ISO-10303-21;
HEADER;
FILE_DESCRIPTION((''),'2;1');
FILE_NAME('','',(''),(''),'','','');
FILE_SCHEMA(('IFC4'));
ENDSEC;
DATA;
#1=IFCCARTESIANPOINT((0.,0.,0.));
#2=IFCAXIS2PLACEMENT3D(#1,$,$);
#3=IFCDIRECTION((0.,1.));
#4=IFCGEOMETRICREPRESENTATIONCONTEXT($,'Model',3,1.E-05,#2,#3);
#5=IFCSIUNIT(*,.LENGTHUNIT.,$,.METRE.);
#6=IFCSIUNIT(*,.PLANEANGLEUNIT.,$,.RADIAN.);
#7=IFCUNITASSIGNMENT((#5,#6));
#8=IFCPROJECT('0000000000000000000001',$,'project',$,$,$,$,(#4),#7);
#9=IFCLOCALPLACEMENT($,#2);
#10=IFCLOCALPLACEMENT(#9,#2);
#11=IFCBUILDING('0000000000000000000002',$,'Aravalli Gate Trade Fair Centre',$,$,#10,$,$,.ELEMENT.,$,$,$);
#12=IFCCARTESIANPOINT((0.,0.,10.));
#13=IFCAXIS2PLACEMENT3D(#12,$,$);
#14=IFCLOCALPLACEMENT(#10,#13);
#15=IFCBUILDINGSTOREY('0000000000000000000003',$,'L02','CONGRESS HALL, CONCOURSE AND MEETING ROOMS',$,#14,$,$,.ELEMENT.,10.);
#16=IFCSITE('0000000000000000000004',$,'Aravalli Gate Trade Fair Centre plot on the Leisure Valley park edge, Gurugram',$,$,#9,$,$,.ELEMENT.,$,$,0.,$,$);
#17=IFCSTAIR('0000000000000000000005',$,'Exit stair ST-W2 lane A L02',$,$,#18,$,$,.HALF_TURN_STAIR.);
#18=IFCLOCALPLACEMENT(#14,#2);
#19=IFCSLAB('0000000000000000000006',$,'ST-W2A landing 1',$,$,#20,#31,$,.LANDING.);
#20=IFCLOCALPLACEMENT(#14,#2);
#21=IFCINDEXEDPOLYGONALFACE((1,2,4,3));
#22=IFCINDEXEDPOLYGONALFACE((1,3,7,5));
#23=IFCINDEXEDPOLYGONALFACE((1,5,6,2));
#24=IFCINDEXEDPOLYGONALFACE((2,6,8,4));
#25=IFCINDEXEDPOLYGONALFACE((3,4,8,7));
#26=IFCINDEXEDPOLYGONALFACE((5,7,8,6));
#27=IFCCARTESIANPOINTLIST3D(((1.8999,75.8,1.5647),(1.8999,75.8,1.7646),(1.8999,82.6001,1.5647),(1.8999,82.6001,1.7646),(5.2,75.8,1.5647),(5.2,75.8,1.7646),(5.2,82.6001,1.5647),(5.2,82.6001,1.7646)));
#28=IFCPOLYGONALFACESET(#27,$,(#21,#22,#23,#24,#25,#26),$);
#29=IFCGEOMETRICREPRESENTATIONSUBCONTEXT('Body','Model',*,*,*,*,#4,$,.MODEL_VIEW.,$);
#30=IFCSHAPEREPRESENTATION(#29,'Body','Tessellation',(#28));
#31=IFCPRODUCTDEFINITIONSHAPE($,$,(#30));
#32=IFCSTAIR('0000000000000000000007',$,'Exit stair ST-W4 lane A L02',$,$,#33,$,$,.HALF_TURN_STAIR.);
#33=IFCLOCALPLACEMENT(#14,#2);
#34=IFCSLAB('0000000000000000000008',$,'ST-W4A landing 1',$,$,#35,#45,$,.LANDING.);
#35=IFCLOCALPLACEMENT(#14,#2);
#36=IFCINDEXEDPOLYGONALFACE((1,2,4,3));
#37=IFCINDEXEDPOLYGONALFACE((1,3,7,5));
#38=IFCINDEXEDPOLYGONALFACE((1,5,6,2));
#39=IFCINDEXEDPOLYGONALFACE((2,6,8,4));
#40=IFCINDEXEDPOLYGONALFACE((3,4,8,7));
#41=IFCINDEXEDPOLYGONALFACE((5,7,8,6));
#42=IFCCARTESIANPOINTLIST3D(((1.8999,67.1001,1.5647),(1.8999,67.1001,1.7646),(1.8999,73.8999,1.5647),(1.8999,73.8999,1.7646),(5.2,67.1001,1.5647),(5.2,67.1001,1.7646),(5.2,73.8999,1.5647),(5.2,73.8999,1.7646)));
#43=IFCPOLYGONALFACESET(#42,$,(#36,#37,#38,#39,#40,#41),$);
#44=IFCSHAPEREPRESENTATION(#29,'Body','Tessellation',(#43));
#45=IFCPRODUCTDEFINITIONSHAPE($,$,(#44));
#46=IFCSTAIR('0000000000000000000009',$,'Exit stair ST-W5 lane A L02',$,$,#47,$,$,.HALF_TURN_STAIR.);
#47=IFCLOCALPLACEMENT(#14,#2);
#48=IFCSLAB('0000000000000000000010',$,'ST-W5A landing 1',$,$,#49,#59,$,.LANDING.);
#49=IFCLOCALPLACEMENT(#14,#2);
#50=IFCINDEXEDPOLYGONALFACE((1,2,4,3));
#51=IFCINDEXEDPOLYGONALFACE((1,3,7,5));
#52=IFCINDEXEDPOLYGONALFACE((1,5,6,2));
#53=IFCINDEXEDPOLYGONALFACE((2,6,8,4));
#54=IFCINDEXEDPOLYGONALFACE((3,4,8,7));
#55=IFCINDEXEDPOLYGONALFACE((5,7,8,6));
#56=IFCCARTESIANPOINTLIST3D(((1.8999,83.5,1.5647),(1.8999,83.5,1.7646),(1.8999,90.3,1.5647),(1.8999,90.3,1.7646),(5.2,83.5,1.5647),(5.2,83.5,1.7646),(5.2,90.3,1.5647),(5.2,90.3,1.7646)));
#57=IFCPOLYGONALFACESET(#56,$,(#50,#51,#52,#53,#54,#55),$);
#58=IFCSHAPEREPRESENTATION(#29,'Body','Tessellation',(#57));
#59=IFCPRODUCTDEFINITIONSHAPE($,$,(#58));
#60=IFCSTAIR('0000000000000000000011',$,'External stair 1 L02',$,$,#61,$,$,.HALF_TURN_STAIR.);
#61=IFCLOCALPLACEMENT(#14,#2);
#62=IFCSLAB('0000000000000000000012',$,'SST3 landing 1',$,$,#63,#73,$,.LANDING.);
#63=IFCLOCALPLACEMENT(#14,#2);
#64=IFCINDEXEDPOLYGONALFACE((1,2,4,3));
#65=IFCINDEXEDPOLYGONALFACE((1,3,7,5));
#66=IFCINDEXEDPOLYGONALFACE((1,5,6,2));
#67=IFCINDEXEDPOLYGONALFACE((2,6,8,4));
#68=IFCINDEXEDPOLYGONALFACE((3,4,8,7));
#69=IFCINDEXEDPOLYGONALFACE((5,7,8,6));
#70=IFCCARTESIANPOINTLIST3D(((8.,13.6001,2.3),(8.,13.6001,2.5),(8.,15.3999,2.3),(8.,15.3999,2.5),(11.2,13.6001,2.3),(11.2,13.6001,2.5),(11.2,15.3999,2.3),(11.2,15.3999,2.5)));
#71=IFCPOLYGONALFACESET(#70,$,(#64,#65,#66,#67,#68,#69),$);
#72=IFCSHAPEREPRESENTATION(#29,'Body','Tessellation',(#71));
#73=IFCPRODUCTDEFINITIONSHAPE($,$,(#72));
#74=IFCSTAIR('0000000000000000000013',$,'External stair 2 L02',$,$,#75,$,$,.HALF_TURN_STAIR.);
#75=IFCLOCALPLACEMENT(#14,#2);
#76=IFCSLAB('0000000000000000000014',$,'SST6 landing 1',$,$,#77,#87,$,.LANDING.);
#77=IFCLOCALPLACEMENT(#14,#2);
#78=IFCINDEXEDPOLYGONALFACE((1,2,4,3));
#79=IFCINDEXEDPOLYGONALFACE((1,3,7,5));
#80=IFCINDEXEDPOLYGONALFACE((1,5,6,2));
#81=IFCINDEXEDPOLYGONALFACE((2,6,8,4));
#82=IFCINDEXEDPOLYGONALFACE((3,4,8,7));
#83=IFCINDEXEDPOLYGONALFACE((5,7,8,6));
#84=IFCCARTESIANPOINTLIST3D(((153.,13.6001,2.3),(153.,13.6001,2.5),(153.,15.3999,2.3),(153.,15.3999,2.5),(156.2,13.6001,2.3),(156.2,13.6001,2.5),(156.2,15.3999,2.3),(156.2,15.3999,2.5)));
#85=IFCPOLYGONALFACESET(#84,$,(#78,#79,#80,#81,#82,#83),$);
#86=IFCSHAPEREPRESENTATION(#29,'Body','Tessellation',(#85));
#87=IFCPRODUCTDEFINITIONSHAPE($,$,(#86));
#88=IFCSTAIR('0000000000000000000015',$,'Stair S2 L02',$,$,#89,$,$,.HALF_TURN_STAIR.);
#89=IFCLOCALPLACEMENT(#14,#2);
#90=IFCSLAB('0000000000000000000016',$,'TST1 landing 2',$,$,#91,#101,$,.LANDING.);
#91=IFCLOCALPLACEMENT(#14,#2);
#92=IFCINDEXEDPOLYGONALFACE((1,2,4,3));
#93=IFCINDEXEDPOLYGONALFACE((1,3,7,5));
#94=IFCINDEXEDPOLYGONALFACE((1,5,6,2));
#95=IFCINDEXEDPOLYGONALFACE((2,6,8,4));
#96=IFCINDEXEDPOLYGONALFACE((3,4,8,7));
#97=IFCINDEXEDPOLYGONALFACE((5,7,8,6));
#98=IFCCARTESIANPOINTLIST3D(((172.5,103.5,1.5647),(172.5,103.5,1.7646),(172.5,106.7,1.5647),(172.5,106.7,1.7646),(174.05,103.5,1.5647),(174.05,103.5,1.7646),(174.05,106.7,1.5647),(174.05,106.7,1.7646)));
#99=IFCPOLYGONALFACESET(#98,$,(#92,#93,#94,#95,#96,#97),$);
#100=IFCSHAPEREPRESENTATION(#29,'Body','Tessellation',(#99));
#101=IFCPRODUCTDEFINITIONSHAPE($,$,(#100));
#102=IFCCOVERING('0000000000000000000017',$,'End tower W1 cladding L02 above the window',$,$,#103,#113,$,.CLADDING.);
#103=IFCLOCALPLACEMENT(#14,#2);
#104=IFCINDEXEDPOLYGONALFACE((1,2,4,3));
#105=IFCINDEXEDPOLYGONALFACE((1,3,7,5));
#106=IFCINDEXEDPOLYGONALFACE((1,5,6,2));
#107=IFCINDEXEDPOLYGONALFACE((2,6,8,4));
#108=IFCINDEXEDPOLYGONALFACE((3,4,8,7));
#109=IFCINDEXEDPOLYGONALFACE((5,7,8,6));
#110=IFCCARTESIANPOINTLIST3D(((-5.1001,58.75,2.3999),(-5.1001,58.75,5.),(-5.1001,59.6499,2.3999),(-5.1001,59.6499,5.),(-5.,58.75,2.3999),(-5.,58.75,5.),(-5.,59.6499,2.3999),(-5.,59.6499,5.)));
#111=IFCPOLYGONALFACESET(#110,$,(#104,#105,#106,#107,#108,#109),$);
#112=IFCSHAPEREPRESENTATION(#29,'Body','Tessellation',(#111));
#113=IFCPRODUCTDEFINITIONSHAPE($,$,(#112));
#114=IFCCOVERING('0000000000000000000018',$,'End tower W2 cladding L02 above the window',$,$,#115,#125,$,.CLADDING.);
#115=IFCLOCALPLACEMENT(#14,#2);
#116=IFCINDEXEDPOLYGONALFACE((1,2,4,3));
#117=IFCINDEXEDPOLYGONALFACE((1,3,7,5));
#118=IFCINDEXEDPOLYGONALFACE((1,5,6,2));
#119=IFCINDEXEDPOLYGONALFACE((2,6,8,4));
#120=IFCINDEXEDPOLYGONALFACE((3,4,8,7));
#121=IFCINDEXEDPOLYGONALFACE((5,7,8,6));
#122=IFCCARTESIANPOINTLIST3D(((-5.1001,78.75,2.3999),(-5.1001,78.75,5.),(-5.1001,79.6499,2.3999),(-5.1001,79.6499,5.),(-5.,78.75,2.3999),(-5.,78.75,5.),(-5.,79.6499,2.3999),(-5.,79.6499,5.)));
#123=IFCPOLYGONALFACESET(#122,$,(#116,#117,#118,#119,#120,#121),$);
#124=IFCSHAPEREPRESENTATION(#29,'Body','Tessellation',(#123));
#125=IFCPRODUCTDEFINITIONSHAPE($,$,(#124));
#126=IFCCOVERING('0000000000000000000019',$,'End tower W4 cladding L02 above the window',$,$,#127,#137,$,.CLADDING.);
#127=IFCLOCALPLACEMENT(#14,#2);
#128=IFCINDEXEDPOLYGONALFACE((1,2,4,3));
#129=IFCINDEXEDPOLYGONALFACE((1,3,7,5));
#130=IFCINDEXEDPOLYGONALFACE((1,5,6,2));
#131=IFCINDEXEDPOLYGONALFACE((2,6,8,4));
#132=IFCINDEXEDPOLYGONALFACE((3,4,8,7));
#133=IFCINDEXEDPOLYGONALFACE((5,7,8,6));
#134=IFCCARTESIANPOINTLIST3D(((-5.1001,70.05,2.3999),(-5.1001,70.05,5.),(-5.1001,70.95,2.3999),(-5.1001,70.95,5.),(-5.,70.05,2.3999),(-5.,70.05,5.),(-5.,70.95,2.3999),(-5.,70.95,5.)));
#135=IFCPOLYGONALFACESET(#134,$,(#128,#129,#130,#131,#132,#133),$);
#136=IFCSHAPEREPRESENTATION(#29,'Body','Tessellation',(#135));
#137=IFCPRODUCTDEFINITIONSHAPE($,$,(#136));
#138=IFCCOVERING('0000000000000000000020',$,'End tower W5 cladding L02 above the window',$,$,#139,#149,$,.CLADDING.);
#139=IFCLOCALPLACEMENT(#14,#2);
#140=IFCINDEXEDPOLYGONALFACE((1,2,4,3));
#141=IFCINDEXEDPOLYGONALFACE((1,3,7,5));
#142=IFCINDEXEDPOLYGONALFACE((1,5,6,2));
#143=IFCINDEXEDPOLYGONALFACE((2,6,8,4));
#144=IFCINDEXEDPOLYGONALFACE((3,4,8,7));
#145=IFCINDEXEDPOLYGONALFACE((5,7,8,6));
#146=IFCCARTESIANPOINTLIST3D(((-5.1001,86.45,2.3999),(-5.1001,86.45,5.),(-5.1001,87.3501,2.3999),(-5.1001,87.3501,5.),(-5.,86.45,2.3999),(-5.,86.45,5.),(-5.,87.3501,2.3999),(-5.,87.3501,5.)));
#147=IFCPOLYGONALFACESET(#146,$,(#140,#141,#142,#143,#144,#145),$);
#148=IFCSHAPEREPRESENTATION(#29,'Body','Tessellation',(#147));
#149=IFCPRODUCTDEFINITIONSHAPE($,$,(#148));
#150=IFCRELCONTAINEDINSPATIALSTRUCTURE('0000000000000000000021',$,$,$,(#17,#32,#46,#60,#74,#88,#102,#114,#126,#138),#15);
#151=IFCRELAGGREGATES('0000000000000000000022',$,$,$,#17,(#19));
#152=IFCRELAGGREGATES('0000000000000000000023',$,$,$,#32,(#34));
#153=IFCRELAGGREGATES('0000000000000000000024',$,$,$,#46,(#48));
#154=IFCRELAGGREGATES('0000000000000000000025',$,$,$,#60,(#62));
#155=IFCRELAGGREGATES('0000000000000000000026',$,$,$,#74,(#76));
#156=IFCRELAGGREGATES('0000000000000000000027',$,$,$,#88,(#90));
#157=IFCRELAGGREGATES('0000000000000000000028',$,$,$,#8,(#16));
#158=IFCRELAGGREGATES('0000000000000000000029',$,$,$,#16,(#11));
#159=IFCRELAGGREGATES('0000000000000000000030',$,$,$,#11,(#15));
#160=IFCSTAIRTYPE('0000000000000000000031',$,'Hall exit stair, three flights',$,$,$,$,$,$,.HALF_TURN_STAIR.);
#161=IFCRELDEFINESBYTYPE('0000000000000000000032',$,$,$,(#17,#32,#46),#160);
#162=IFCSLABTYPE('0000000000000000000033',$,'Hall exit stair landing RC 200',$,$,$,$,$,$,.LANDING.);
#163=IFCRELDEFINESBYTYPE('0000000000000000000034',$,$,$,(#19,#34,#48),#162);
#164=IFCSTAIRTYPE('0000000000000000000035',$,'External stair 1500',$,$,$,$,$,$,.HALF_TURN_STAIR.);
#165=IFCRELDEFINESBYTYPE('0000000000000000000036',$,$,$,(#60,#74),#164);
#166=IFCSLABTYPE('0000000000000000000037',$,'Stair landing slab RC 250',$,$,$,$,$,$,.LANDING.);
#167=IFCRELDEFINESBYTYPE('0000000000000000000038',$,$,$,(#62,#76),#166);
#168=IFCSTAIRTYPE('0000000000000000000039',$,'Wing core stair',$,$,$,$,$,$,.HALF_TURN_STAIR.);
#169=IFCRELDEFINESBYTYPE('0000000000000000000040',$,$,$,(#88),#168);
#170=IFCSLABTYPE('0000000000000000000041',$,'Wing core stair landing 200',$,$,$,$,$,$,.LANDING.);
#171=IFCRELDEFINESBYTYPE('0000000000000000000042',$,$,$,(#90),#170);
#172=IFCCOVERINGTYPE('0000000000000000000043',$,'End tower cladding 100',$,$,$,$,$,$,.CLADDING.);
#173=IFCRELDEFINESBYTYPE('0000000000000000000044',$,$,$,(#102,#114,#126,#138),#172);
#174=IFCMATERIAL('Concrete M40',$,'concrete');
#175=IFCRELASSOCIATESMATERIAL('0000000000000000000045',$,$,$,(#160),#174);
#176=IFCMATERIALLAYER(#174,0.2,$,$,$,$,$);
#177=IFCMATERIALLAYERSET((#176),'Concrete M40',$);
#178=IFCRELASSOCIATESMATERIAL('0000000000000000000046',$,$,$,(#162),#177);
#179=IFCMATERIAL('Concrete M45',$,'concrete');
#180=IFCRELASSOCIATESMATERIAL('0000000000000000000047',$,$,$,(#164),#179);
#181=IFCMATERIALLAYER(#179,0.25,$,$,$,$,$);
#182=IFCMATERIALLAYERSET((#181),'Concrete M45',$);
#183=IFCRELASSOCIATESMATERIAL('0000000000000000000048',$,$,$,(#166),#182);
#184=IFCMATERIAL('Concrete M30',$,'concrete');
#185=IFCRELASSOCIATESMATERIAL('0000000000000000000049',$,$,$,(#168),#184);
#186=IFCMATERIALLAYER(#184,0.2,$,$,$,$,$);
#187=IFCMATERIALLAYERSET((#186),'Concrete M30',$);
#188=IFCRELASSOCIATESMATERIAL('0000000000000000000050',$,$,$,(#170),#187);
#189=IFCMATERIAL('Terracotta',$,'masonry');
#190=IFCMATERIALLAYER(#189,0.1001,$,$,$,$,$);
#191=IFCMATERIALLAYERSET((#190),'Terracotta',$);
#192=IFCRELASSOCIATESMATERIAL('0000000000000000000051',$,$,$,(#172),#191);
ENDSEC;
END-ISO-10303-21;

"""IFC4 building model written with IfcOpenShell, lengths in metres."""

from ifc_helpers import new_model, si_unit, direction, frame, origin, place, context, subcontext, project, spatial, polyline, outline, extrude, material, layer, layer_set, type_object, element, aggregate, save


model = new_model("IFC4")

# Units and contexts
model_context = context("Model", 3, precision=1e-05, world=origin(), true_north=direction((0.0, 1.0)))
body_context = subcontext(model_context, "Body", "Model", "MODEL_VIEW")
ifc_project = project(units=[si_unit("LENGTHUNIT", "METRE"), si_unit("PLANEANGLEUNIT", "RADIAN")], contexts=[model_context])

# Site, building, storey
site_placement = place(None, origin())
site = spatial("IfcSite", under=ifc_project, at=site_placement, Name="Aravalli Gate Trade Fair Centre plot on the Leisure Valley park edge, Gurugram", CompositionType="ELEMENT", RefElevation=0.0)
building_placement = place(site_placement, origin())
building = spatial("IfcBuilding", under=site, at=building_placement, Name="Aravalli Gate Trade Fair Centre", CompositionType="ELEMENT")
storey_placement = place(building_placement, frame((0.0, 0.0, 10.0)))
storey = spatial("IfcBuildingStorey", under=building, at=storey_placement, Name="L02", Description="CONGRESS HALL, CONCOURSE AND MEETING ROOMS", CompositionType="ELEMENT", Elevation=10.0)

# Stairs, slabs
ifc_material_1 = material(Name="Concrete M40", Category="concrete")
stair_type_1 = type_object("IfcStairType", Name="Hall exit stair, three flights", PredefinedType="HALF_TURN_STAIR", material=ifc_material_1)
ifc_layer_1 = layer(ifc_material_1, 0.2)
ifc_layer_set_1 = layer_set([ifc_layer_1], Name="Concrete M40")
slab_type_1 = type_object("IfcSlabType", Name="Hall exit stair landing RC 200", PredefinedType="LANDING", material=ifc_layer_set_1)
stair_1_placement = place(storey_placement, origin())
stair_1 = element("IfcStair", 1, at=stair_1_placement, inside=storey, type_object=stair_type_1, Name="Exit stair ST-W2 lane A L02", PredefinedType="HALF_TURN_STAIR")
slab_1_placement = place(storey_placement, frame((0.0, 0.0, 1.5647)))
slab_1 = element("IfcSlab", 2, at=slab_1_placement, type_object=slab_type_1, Name="ST-W2A landing 1", PredefinedType="LANDING", context=body_context, shape_type="SweptSolid", body=[
    extrude(outline(polyline([(5.2, 75.8), (5.2, 82.6001), (1.8999, 82.6001), (1.8999, 75.8), (5.2, 75.8)])), origin(), (0.0, 0.0, 1.0), 0.2),
])
aggregate(stair_1, [slab_1])
stair_2_placement = place(storey_placement, origin())
stair_2 = element("IfcStair", 3, at=stair_2_placement, inside=storey, type_object=stair_type_1, Name="Exit stair ST-W4 lane A L02", PredefinedType="HALF_TURN_STAIR")
slab_2_placement = place(storey_placement, frame((0.0, 0.0, 1.5647)))
slab_2 = element("IfcSlab", 4, at=slab_2_placement, type_object=slab_type_1, Name="ST-W4A landing 1", PredefinedType="LANDING", context=body_context, shape_type="SweptSolid", body=[
    extrude(outline(polyline([(5.2, 67.1001), (5.2, 73.8999), (1.8999, 73.8999), (1.8999, 67.1001), (5.2, 67.1001)])), origin(), (0.0, 0.0, 1.0), 0.2),
])
aggregate(stair_2, [slab_2])
stair_3_placement = place(storey_placement, origin())
stair_3 = element("IfcStair", 5, at=stair_3_placement, inside=storey, type_object=stair_type_1, Name="Exit stair ST-W5 lane A L02", PredefinedType="HALF_TURN_STAIR")
slab_3_placement = place(storey_placement, frame((0.0, 0.0, 1.5647)))
slab_3 = element("IfcSlab", 6, at=slab_3_placement, type_object=slab_type_1, Name="ST-W5A landing 1", PredefinedType="LANDING", context=body_context, shape_type="SweptSolid", body=[
    extrude(outline(polyline([(5.2, 83.5), (5.2, 90.3), (1.8999, 90.3), (1.8999, 83.5), (5.2, 83.5)])), origin(), (0.0, 0.0, 1.0), 0.2),
])
aggregate(stair_3, [slab_3])
ifc_material_2 = material(Name="Concrete M45", Category="concrete")
stair_type_2 = type_object("IfcStairType", Name="External stair 1500", PredefinedType="HALF_TURN_STAIR", material=ifc_material_2)
stair_4_placement = place(storey_placement, origin())
stair_4 = element("IfcStair", 7, at=stair_4_placement, inside=storey, type_object=stair_type_2, Name="External stair 1 L02", PredefinedType="HALF_TURN_STAIR")
ifc_layer_2 = layer(ifc_material_2, 0.25)
ifc_layer_set_2 = layer_set([ifc_layer_2], Name="Concrete M45")
slab_type_2 = type_object("IfcSlabType", Name="Stair landing slab RC 250", PredefinedType="LANDING", material=ifc_layer_set_2)
slab_4_placement = place(storey_placement, frame((0.0, 0.0, 2.3)))
slab_4 = element("IfcSlab", 8, at=slab_4_placement, type_object=slab_type_2, Name="SST3 landing 1", PredefinedType="LANDING", context=body_context, shape_type="SweptSolid", body=[
    extrude(outline(polyline([(8.0, 13.6001), (11.2, 13.6001), (11.2, 15.3999), (8.0, 15.3999), (8.0, 13.6001)])), origin(), (0.0, 0.0, 1.0), 0.2),
])
aggregate(stair_4, [slab_4])
stair_5_placement = place(storey_placement, origin())
stair_5 = element("IfcStair", 9, at=stair_5_placement, inside=storey, type_object=stair_type_2, Name="External stair 2 L02", PredefinedType="HALF_TURN_STAIR")
slab_5_placement = place(storey_placement, frame((0.0, 0.0, 2.3)))
slab_5 = element("IfcSlab", 10, at=slab_5_placement, type_object=slab_type_2, Name="SST6 landing 1", PredefinedType="LANDING", context=body_context, shape_type="SweptSolid", body=[
    extrude(outline(polyline([(153.0, 13.6001), (156.2, 13.6001), (156.2, 15.3999), (153.0, 15.3999), (153.0, 13.6001)])), origin(), (0.0, 0.0, 1.0), 0.2),
])
aggregate(stair_5, [slab_5])
ifc_material_3 = material(Name="Concrete M30", Category="concrete")
stair_type_3 = type_object("IfcStairType", Name="Wing core stair", PredefinedType="HALF_TURN_STAIR", material=ifc_material_3)
stair_6_placement = place(storey_placement, origin())
stair_6 = element("IfcStair", 11, at=stair_6_placement, inside=storey, type_object=stair_type_3, Name="Stair S2 L02", PredefinedType="HALF_TURN_STAIR")
ifc_layer_3 = layer(ifc_material_3, 0.2)
ifc_layer_set_3 = layer_set([ifc_layer_3], Name="Concrete M30")
slab_type_3 = type_object("IfcSlabType", Name="Wing core stair landing 200", PredefinedType="LANDING", material=ifc_layer_set_3)
slab_6_placement = place(storey_placement, frame((0.0, 0.0, 1.5647)))
slab_6 = element("IfcSlab", 12, at=slab_6_placement, type_object=slab_type_3, Name="TST1 landing 2", PredefinedType="LANDING", context=body_context, shape_type="SweptSolid", body=[
    extrude(outline(polyline([(172.5, 103.5), (174.05, 103.5), (174.05, 106.7), (172.5, 106.7), (172.5, 103.5)])), origin(), (0.0, 0.0, 1.0), 0.2),
])
aggregate(stair_6, [slab_6])

# Coverings
ifc_material_4 = material(Name="Terracotta", Category="masonry")
ifc_layer_4 = layer(ifc_material_4, 0.1001)
ifc_layer_set_4 = layer_set([ifc_layer_4], Name="Terracotta")
covering_type = type_object("IfcCoveringType", Name="End tower cladding 100", PredefinedType="CLADDING", material=ifc_layer_set_4)
covering_1_placement = place(storey_placement, frame((0.0, 0.0, 2.3999)))
element("IfcCovering", 13, at=covering_1_placement, inside=storey, type_object=covering_type, Name="End tower W1 cladding L02 above the window", PredefinedType="CLADDING", context=body_context, shape_type="SweptSolid", body=[
    extrude(outline(polyline([(-5.0, 58.75), (-5.1001, 58.75), (-5.1001, 59.6499), (-5.0, 59.6499), (-5.0, 58.75)])), origin(), (0.0, 0.0, 1.0), 2.6001),
])
covering_2_placement = place(storey_placement, frame((0.0, 0.0, 2.3999)))
element("IfcCovering", 14, at=covering_2_placement, inside=storey, type_object=covering_type, Name="End tower W2 cladding L02 above the window", PredefinedType="CLADDING", context=body_context, shape_type="SweptSolid", body=[
    extrude(outline(polyline([(-5.0, 78.75), (-5.1001, 78.75), (-5.1001, 79.6499), (-5.0, 79.6499), (-5.0, 78.75)])), origin(), (0.0, 0.0, 1.0), 2.6001),
])
covering_3_placement = place(storey_placement, frame((0.0, 0.0, 2.3999)))
element("IfcCovering", 15, at=covering_3_placement, inside=storey, type_object=covering_type, Name="End tower W4 cladding L02 above the window", PredefinedType="CLADDING", context=body_context, shape_type="SweptSolid", body=[
    extrude(outline(polyline([(-5.0, 70.05), (-5.1001, 70.05), (-5.1001, 70.95), (-5.0, 70.95), (-5.0, 70.05)])), origin(), (0.0, 0.0, 1.0), 2.6001),
])
covering_4_placement = place(storey_placement, frame((0.0, 0.0, 2.3999)))
element("IfcCovering", 16, at=covering_4_placement, inside=storey, type_object=covering_type, Name="End tower W5 cladding L02 above the window", PredefinedType="CLADDING", context=body_context, shape_type="SweptSolid", body=[
    extrude(outline(polyline([(-5.0, 86.45), (-5.1001, 86.45), (-5.1001, 87.3501), (-5.0, 87.3501), (-5.0, 86.45)])), origin(), (0.0, 0.0, 1.0), 2.6001),
])

save(model, "model.ifc")
